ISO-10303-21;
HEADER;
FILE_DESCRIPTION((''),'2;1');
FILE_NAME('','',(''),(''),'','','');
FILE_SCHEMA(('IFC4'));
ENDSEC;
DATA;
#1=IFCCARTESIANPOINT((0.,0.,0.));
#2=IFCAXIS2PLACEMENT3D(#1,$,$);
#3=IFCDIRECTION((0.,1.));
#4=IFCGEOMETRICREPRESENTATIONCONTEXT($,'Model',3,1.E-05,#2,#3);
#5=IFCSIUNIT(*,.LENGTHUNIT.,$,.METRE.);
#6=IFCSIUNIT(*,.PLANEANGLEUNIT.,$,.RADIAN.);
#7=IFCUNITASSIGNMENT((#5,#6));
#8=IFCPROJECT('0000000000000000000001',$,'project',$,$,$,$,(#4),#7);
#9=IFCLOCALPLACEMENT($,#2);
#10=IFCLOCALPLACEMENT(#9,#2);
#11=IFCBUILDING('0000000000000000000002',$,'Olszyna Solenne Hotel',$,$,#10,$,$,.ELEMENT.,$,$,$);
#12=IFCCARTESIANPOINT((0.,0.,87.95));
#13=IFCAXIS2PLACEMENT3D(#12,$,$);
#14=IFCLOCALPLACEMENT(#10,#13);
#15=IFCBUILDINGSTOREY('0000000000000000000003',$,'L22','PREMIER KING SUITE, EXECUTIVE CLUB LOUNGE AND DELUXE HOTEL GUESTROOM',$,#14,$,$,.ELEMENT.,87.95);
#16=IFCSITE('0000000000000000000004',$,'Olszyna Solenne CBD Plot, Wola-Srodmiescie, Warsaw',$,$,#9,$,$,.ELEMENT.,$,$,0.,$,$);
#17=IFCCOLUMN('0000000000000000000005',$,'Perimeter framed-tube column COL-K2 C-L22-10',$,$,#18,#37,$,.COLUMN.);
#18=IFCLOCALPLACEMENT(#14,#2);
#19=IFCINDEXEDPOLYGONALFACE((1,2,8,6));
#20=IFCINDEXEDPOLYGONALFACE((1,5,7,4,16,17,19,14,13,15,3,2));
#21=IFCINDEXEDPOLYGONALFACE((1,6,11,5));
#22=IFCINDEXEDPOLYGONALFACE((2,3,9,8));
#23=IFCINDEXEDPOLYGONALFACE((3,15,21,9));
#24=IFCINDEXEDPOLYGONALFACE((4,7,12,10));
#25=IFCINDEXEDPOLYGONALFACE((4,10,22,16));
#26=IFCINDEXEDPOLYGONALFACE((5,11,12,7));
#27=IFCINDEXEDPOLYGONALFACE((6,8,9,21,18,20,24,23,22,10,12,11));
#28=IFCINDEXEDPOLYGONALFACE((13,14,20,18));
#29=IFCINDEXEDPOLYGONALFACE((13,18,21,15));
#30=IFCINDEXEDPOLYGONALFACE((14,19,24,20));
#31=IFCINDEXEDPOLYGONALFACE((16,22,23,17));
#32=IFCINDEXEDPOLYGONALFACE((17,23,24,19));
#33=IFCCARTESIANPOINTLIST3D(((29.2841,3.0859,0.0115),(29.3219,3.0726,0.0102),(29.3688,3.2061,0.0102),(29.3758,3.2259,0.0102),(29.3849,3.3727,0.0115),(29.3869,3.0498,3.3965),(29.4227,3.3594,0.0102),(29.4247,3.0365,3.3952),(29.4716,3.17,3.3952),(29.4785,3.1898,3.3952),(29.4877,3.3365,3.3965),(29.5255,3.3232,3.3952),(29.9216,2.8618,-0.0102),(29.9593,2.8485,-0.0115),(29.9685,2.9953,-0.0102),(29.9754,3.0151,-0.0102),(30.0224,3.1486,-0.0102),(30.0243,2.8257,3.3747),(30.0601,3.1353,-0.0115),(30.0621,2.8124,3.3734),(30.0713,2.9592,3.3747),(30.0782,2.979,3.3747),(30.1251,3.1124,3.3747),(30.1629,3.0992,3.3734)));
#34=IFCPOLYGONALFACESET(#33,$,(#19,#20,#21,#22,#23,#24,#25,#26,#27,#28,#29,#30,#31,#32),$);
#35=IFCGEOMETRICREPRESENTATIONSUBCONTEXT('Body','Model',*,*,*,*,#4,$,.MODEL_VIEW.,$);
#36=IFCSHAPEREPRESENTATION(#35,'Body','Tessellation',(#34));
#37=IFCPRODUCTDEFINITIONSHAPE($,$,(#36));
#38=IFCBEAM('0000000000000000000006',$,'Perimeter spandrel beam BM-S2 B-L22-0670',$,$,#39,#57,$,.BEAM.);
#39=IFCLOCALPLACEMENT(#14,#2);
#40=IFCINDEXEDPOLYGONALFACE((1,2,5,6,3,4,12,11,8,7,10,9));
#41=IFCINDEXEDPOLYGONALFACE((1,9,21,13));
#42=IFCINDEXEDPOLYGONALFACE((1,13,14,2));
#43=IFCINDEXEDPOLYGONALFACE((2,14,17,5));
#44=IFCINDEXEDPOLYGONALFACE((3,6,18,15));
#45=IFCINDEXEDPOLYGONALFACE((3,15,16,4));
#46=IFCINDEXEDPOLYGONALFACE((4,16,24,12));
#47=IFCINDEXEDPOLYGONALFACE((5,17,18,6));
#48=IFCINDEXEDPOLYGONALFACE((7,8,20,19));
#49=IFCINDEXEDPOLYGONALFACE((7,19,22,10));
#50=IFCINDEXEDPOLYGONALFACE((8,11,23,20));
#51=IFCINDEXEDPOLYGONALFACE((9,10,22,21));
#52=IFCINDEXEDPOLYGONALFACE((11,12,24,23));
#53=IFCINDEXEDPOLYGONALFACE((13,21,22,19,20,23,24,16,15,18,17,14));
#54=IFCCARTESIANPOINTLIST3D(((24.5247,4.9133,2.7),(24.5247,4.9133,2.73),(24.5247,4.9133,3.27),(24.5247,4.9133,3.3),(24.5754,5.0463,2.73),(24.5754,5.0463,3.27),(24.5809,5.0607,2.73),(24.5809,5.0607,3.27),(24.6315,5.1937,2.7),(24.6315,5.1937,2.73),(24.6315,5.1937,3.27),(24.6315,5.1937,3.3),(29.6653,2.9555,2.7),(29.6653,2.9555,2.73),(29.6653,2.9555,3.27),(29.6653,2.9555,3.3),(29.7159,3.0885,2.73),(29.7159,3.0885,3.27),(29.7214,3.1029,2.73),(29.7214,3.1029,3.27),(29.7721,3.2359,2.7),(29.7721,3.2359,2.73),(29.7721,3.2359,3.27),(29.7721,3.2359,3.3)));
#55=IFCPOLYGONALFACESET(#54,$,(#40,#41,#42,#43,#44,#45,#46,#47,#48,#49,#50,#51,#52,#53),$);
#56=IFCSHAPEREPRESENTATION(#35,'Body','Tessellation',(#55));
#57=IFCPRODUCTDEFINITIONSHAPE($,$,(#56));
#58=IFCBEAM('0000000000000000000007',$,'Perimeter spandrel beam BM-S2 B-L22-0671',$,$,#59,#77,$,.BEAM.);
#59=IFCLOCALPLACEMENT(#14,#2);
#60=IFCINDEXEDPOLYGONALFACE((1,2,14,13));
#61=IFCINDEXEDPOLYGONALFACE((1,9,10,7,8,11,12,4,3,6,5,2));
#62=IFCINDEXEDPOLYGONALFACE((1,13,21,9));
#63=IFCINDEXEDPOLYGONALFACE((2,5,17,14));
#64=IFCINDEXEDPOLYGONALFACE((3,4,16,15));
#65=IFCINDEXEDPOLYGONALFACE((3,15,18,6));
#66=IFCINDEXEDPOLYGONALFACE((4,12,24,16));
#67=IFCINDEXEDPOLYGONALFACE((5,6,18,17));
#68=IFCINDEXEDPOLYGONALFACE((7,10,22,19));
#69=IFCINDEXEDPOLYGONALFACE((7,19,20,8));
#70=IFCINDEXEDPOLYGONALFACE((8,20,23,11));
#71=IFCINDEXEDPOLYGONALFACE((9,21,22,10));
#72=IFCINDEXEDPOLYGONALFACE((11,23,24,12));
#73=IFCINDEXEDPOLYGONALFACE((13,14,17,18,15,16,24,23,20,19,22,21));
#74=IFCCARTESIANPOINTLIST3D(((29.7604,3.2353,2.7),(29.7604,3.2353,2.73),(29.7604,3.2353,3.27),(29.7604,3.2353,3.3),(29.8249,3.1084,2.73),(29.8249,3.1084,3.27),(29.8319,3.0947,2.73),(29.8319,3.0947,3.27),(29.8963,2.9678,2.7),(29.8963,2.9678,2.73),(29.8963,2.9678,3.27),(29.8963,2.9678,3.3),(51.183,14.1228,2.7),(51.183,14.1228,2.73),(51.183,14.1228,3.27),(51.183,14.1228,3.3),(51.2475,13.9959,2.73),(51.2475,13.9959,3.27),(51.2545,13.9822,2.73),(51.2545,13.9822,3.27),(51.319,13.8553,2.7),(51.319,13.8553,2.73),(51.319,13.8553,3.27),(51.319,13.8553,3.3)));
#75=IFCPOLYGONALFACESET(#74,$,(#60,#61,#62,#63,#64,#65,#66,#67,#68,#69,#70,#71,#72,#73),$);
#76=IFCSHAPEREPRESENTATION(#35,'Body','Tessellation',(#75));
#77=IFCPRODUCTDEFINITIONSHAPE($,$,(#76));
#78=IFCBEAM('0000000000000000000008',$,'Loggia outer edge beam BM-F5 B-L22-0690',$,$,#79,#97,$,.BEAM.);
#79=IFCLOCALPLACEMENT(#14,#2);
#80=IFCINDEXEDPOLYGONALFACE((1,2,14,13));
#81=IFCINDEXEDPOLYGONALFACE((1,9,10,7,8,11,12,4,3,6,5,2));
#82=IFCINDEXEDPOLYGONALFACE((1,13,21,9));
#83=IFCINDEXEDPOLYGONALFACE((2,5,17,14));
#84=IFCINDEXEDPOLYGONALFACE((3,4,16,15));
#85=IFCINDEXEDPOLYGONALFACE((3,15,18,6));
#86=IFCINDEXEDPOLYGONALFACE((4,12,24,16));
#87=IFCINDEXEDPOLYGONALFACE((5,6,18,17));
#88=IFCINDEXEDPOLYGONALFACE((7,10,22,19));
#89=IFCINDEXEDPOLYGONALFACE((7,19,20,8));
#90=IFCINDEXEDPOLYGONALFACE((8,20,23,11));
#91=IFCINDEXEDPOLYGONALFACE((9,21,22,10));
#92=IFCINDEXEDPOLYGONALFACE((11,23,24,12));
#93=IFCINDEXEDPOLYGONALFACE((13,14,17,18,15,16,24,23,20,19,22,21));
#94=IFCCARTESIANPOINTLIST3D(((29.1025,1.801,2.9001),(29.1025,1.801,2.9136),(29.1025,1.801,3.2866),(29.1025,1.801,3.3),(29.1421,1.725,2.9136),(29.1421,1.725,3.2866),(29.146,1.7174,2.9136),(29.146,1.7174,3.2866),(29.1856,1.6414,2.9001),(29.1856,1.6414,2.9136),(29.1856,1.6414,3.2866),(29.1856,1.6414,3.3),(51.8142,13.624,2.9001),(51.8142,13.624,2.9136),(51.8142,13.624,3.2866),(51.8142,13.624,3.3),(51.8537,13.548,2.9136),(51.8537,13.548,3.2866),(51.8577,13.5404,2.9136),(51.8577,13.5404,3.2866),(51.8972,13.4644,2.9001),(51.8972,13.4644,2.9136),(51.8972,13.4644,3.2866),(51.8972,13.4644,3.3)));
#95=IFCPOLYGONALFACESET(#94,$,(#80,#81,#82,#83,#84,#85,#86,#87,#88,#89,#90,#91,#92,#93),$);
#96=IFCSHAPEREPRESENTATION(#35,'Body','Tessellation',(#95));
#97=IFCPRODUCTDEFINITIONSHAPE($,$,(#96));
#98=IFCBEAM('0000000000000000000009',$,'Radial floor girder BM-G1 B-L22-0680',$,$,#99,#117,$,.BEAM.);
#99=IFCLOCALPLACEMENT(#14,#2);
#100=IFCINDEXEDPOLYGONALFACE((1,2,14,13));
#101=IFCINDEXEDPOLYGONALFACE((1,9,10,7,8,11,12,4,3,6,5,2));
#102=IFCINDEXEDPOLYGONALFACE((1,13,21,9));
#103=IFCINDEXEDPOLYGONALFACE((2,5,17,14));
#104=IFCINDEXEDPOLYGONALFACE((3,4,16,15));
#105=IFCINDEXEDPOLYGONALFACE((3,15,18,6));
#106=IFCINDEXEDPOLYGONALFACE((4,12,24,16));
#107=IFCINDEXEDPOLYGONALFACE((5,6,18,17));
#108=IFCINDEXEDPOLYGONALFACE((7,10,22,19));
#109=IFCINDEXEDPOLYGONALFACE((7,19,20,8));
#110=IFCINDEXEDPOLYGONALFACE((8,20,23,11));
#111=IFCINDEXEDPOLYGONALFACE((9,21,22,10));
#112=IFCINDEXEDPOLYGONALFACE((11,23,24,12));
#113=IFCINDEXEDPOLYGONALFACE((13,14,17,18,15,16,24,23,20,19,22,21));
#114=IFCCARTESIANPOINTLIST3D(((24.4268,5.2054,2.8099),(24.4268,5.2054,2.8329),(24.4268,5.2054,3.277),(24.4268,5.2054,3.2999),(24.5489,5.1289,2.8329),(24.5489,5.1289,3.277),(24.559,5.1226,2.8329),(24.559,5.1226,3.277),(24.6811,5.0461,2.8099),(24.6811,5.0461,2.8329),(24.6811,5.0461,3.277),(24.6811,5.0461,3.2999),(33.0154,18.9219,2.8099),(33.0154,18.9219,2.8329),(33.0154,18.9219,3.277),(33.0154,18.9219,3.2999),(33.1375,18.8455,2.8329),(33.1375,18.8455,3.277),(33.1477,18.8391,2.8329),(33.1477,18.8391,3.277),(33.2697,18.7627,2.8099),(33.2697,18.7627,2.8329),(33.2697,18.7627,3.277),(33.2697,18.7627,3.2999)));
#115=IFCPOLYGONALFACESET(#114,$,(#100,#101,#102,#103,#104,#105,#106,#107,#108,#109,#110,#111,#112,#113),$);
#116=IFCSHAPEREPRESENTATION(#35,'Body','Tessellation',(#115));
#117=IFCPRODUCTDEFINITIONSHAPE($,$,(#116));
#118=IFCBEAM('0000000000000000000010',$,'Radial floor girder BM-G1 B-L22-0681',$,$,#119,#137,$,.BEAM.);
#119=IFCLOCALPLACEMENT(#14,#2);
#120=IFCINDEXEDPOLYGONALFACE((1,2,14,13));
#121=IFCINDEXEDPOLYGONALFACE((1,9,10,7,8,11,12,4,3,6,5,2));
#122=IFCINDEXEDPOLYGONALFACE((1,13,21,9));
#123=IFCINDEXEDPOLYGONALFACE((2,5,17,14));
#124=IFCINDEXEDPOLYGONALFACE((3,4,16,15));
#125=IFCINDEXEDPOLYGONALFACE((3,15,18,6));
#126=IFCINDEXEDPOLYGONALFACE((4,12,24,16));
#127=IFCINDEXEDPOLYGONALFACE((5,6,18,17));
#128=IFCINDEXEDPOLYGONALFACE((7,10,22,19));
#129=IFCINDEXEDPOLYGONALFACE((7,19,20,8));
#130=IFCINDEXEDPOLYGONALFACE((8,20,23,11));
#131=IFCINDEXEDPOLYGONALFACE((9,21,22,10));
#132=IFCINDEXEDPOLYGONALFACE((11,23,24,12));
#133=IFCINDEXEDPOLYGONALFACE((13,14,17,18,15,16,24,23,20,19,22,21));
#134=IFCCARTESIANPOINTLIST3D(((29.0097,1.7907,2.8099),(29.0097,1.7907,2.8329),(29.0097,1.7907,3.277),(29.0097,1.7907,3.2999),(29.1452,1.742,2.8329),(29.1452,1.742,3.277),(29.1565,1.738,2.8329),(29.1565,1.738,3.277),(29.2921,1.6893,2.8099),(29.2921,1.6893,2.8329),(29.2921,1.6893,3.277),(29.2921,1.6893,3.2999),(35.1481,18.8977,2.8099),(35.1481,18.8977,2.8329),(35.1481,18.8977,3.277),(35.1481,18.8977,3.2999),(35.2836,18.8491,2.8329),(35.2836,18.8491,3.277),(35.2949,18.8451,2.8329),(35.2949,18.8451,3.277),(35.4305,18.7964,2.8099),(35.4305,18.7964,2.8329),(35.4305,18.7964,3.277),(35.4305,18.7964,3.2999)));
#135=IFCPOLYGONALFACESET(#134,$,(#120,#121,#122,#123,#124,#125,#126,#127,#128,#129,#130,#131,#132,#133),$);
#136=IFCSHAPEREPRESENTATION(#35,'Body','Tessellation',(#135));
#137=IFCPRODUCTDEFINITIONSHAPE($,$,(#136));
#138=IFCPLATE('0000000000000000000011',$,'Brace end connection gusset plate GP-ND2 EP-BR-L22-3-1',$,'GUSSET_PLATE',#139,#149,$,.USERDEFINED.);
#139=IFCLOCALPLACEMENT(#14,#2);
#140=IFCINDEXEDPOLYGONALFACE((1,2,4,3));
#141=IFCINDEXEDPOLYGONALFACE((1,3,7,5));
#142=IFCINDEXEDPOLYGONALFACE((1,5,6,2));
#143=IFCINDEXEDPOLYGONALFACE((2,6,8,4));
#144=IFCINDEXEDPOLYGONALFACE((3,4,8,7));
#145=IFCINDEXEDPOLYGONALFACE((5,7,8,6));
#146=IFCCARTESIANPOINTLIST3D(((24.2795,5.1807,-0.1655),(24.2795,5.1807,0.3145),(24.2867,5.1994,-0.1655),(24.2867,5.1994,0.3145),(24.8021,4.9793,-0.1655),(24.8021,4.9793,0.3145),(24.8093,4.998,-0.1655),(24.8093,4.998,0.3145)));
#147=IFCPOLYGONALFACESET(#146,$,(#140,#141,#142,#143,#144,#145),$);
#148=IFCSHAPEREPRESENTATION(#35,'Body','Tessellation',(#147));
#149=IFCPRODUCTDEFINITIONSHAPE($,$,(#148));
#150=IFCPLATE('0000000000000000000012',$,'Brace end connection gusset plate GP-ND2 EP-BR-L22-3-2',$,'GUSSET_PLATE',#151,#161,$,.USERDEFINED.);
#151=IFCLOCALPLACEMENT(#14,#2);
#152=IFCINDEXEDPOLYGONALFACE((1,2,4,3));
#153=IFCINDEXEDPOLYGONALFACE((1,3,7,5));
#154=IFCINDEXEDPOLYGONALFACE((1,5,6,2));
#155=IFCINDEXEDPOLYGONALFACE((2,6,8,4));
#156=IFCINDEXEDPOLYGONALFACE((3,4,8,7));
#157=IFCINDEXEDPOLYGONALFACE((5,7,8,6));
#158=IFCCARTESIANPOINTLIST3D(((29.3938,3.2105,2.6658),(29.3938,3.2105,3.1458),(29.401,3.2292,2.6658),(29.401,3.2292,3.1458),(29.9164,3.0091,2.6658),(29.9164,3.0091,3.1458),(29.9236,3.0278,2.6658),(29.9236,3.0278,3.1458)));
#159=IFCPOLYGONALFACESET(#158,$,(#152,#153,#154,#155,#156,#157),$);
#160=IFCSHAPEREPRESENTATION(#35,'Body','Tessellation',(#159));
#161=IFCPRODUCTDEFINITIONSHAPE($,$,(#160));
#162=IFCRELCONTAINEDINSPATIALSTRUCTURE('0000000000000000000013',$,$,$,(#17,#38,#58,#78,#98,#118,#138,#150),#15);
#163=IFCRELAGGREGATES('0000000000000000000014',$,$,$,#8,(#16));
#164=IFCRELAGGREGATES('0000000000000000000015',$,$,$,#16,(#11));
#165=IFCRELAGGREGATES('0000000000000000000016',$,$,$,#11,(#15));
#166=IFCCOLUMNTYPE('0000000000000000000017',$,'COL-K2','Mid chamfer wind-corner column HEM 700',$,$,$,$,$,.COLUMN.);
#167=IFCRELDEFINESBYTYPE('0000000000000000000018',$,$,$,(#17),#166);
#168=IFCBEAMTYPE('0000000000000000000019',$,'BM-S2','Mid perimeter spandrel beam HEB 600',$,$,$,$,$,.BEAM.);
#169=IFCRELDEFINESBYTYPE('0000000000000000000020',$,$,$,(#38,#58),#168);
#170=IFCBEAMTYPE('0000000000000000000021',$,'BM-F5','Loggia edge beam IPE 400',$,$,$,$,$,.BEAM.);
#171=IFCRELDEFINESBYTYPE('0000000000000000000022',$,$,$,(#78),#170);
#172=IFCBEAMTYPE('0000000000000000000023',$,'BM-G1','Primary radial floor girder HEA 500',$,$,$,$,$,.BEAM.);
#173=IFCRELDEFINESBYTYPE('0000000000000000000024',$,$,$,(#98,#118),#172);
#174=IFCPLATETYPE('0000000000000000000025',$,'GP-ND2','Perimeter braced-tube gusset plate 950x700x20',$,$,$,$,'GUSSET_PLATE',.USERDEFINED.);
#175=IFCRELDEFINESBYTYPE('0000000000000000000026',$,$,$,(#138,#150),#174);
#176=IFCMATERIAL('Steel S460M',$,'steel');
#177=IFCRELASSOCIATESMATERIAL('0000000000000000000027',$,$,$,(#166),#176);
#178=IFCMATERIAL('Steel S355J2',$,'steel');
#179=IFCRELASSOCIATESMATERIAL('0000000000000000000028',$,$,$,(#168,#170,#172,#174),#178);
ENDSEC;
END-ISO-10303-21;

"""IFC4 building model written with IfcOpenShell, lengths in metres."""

from ifc_helpers import new_model, si_unit, direction, frame, origin, origin_2d, place, context, subcontext, project, spatial, rectangle, i_section, extrude, source, transform, mapped, material, material_profile, profile_set, type_object, element, save


model = new_model("IFC4")

# Units and contexts
model_context = context("Model", 3, precision=1e-05, world=origin(), true_north=direction((0.0, 1.0)))
body_context = subcontext(model_context, "Body", "Model", "MODEL_VIEW")
ifc_project = project(units=[si_unit("LENGTHUNIT", "METRE"), si_unit("PLANEANGLEUNIT", "RADIAN")], contexts=[model_context])

# Site, building, storey
site_placement = place(None, origin())
site = spatial("IfcSite", under=ifc_project, at=site_placement, Name="Olszyna Solenne CBD Plot, Wola-Srodmiescie, Warsaw", CompositionType="ELEMENT", RefElevation=0.0)
building_placement = place(site_placement, origin())
building = spatial("IfcBuilding", under=site, at=building_placement, Name="Olszyna Solenne Hotel", CompositionType="ELEMENT")
storey_placement = place(building_placement, frame((0.0, 0.0, 87.95)))
storey = spatial("IfcBuildingStorey", under=building, at=storey_placement, Name="L22", Description="PREMIER KING SUITE, EXECUTIVE CLUB LOUNGE AND DELUXE HOTEL GUESTROOM", CompositionType="ELEMENT", Elevation=87.95)

# Column
ifc_material_1 = material(Name="Steel S460M", Category="steel")
ifc_material_profile_1 = material_profile(ifc_material_1, i_section(OverallWidth=0.304, OverallDepth=0.7161, WebThickness=0.021, FlangeThickness=0.04, at=origin_2d()), Name="HEM 700", Category="load-bearing")
ifc_profile_set_1 = profile_set([ifc_material_profile_1], Name="Steel S460M")
column_type = type_object("IfcColumnType", Name="COL-K2", Description="Mid chamfer wind-corner column HEM 700", PredefinedType="COLUMN", material=ifc_profile_set_1)
shared_shape_1 = source(origin(), body_context, "Body", "SweptSolid", [
    extrude(i_section(OverallWidth=0.304, OverallDepth=0.7161, WebThickness=0.021, FlangeThickness=0.04, at=origin_2d()), origin(), (0.0, 0.0, 1.0), 3.3867),
])
column_placement = place(storey_placement, frame((29.6721, 3.1106, 0.0), z_axis=(0.030349, -0.010669, 0.999482), x_axis=(0.331648, 0.943403, 0.0)))
element("IfcColumn", 1, at=column_placement, inside=storey, type_object=column_type, Name="Perimeter framed-tube column COL-K2 C-L22-10", PredefinedType="COLUMN", context=body_context, shape_type="MappedRepresentation", body=[
    mapped(shared_shape_1, transform((0.0, 0.0, 0.0), x_axis=(1.0, 0.0, 0.0), y_axis=(0.0, 1.0, 0.0), z_axis=(0.0, 0.0, 1.0), scale=1.0)),
])

# Beams
ifc_material_2 = material(Name="Steel S355J2", Category="steel")
ifc_material_profile_2 = material_profile(ifc_material_2, i_section(OverallWidth=0.3, OverallDepth=0.6001, WebThickness=0.0154, FlangeThickness=0.03, at=origin_2d()), Name="HEB 600", Category="load-bearing")
ifc_profile_set_2 = profile_set([ifc_material_profile_2], Name="Steel S355J2")
beam_type_1 = type_object("IfcBeamType", Name="BM-S2", Description="Mid perimeter spandrel beam HEB 600", PredefinedType="BEAM", material=ifc_profile_set_2)
shared_shape_2 = source(origin(), body_context, "Body", "SweptSolid", [
    extrude(i_section(OverallWidth=0.3, OverallDepth=0.6001, WebThickness=0.0154, FlangeThickness=0.03, at=origin_2d()), origin(), (0.0, 0.0, 1.0), 5.5007),
])
beam_1_placement = place(storey_placement, frame((24.5781, 5.0535, 3.0), z_axis=(0.934522, -0.355905, 0.0), x_axis=(0.355905, 0.934522, 0.0)))
element("IfcBeam", 2, at=beam_1_placement, inside=storey, type_object=beam_type_1, Name="Perimeter spandrel beam BM-S2 B-L22-0670", PredefinedType="BEAM", context=body_context, shape_type="MappedRepresentation", body=[
    mapped(shared_shape_2, transform((0.0, 0.0, 0.0), x_axis=(1.0, 0.0, 0.0), y_axis=(0.0, 1.0, 0.0), z_axis=(0.0, 0.0, 1.0), scale=1.0)),
])
shared_shape_3 = source(origin(), body_context, "Body", "SweptSolid", [
    extrude(i_section(OverallWidth=0.3, OverallDepth=0.6001, WebThickness=0.0154, FlangeThickness=0.03, at=origin_2d()), origin(), (0.0, 0.0, 1.0), 24.0305),
])
beam_2_placement = place(storey_placement, frame((29.8284, 3.1016, 3.0), z_axis=(0.891476, 0.453068, 0.0), x_axis=(-0.453068, 0.891476, 0.0)))
element("IfcBeam", 3, at=beam_2_placement, inside=storey, type_object=beam_type_1, Name="Perimeter spandrel beam BM-S2 B-L22-0671", PredefinedType="BEAM", context=body_context, shape_type="MappedRepresentation", body=[
    mapped(shared_shape_3, transform((0.0, 0.0, 0.0), x_axis=(1.0, 0.0, 0.0), y_axis=(0.0, 1.0, 0.0), z_axis=(0.0, 0.0, 1.0), scale=1.0)),
])
ifc_material_profile_3 = material_profile(ifc_material_2, i_section(OverallWidth=0.1799, OverallDepth=0.3999, WebThickness=0.0085, FlangeThickness=0.0134, at=origin_2d()), Name="IPE 400", Category="load-bearing")
ifc_profile_set_3 = profile_set([ifc_material_profile_3], Name="Steel S355J2")
beam_type_2 = type_object("IfcBeamType", Name="BM-F5", Description="Loggia edge beam IPE 400", PredefinedType="BEAM", material=ifc_profile_set_3)
shared_shape_4 = source(origin(), body_context, "Body", "SweptSolid", [
    extrude(i_section(OverallWidth=0.1799, OverallDepth=0.3999, WebThickness=0.0085, FlangeThickness=0.0134, at=origin_2d()), origin(), (0.0, 0.0, 1.0), 25.6047),
])
beam_3_placement = place(storey_placement, frame((29.144, 1.7212, 3.1001), z_axis=(0.88701, 0.46175, 0.0), x_axis=(-0.46175, 0.88701, 0.0)))
element("IfcBeam", 4, at=beam_3_placement, inside=storey, type_object=beam_type_2, Name="Loggia outer edge beam BM-F5 B-L22-0690", PredefinedType="BEAM", context=body_context, shape_type="MappedRepresentation", body=[
    mapped(shared_shape_4, transform((0.0, 0.0, 0.0), x_axis=(1.0, 0.0, 0.0), y_axis=(0.0, 1.0, 0.0), z_axis=(0.0, 0.0, 1.0), scale=1.0)),
])
ifc_material_profile_4 = material_profile(ifc_material_2, i_section(OverallWidth=0.3, OverallDepth=0.49, WebThickness=0.012, FlangeThickness=0.0229, at=origin_2d()), Name="HEA 500", Category="load-bearing")
ifc_profile_set_4 = profile_set([ifc_material_profile_4], Name="Steel S355J2")
beam_type_3 = type_object("IfcBeamType", Name="BM-G1", Description="Primary radial floor girder HEA 500", PredefinedType="BEAM", material=ifc_profile_set_4)
shared_shape_5 = source(origin(), body_context, "Body", "SweptSolid", [
    extrude(i_section(OverallWidth=0.3, OverallDepth=0.49, WebThickness=0.012, FlangeThickness=0.0229, at=origin_2d()), origin(), (0.0, 0.0, 1.0), 16.1836),
])
beam_4_placement = place(storey_placement, frame((24.554, 5.1257, 3.0549), z_axis=(0.5307, 0.84756, 0.0), x_axis=(-0.84756, 0.5307, 0.0)))
element("IfcBeam", 5, at=beam_4_placement, inside=storey, type_object=beam_type_3, Name="Radial floor girder BM-G1 B-L22-0680", PredefinedType="BEAM", context=body_context, shape_type="MappedRepresentation", body=[
    mapped(shared_shape_5, transform((0.0, 0.0, 0.0), x_axis=(1.0, 0.0, 0.0), y_axis=(0.0, 1.0, 0.0), z_axis=(0.0, 0.0, 1.0), scale=1.0)),
])
shared_shape_6 = source(origin(), body_context, "Body", "SweptSolid", [
    extrude(i_section(OverallWidth=0.3, OverallDepth=0.49, WebThickness=0.012, FlangeThickness=0.0229, at=origin_2d()), origin(), (0.0, 0.0, 1.0), 18.175),
])
beam_5_placement = place(storey_placement, frame((29.1509, 1.74, 3.0549), z_axis=(0.337738, 0.94124, 0.0), x_axis=(-0.94124, 0.337738, 0.0)))
element("IfcBeam", 6, at=beam_5_placement, inside=storey, type_object=beam_type_3, Name="Radial floor girder BM-G1 B-L22-0681", PredefinedType="BEAM", context=body_context, shape_type="MappedRepresentation", body=[
    mapped(shared_shape_6, transform((0.0, 0.0, 0.0), x_axis=(1.0, 0.0, 0.0), y_axis=(0.0, 1.0, 0.0), z_axis=(0.0, 0.0, 1.0), scale=1.0)),
])

# Plates
plate_type = type_object("IfcPlateType", Name="GP-ND2", Description="Perimeter braced-tube gusset plate 950x700x20", ElementType="GUSSET_PLATE", PredefinedType="USERDEFINED", material=ifc_material_2)
shared_shape_7 = source(origin(), body_context, "Body", "SweptSolid", [
    extrude(rectangle(XDim=0.5601, YDim=0.02, at=origin_2d()), origin(), (0.0, 0.0, 1.0), 0.48),
])
for number, where, z_axis, x_axis, name in (
    (7, (24.5444, 5.0894, -0.1655), (0.0, 0.0, 1.0), (0.933142, -0.359508, 0.0), "Brace end connection gusset plate GP-ND2 EP-BR-L22-3-1"),
    (8, (29.6587, 3.1191, 2.6658), (0.0, 0.0, 1.0), (0.933142, -0.359508, 0.0), "Brace end connection gusset plate GP-ND2 EP-BR-L22-3-2"),
):
    element("IfcPlate", number, at=place(storey_placement, frame(where, z_axis=z_axis, x_axis=x_axis)), inside=storey, type_object=plate_type, Name=name, ObjectType="GUSSET_PLATE", PredefinedType="USERDEFINED", context=body_context, shape_type="MappedRepresentation", body=[
        mapped(shared_shape_7, transform((0.0, 0.0, 0.0), x_axis=(1.0, 0.0, 0.0), y_axis=(0.0, 1.0, 0.0), z_axis=(0.0, 0.0, 1.0), scale=1.0)),
    ])

save(model, "model.ifc")
